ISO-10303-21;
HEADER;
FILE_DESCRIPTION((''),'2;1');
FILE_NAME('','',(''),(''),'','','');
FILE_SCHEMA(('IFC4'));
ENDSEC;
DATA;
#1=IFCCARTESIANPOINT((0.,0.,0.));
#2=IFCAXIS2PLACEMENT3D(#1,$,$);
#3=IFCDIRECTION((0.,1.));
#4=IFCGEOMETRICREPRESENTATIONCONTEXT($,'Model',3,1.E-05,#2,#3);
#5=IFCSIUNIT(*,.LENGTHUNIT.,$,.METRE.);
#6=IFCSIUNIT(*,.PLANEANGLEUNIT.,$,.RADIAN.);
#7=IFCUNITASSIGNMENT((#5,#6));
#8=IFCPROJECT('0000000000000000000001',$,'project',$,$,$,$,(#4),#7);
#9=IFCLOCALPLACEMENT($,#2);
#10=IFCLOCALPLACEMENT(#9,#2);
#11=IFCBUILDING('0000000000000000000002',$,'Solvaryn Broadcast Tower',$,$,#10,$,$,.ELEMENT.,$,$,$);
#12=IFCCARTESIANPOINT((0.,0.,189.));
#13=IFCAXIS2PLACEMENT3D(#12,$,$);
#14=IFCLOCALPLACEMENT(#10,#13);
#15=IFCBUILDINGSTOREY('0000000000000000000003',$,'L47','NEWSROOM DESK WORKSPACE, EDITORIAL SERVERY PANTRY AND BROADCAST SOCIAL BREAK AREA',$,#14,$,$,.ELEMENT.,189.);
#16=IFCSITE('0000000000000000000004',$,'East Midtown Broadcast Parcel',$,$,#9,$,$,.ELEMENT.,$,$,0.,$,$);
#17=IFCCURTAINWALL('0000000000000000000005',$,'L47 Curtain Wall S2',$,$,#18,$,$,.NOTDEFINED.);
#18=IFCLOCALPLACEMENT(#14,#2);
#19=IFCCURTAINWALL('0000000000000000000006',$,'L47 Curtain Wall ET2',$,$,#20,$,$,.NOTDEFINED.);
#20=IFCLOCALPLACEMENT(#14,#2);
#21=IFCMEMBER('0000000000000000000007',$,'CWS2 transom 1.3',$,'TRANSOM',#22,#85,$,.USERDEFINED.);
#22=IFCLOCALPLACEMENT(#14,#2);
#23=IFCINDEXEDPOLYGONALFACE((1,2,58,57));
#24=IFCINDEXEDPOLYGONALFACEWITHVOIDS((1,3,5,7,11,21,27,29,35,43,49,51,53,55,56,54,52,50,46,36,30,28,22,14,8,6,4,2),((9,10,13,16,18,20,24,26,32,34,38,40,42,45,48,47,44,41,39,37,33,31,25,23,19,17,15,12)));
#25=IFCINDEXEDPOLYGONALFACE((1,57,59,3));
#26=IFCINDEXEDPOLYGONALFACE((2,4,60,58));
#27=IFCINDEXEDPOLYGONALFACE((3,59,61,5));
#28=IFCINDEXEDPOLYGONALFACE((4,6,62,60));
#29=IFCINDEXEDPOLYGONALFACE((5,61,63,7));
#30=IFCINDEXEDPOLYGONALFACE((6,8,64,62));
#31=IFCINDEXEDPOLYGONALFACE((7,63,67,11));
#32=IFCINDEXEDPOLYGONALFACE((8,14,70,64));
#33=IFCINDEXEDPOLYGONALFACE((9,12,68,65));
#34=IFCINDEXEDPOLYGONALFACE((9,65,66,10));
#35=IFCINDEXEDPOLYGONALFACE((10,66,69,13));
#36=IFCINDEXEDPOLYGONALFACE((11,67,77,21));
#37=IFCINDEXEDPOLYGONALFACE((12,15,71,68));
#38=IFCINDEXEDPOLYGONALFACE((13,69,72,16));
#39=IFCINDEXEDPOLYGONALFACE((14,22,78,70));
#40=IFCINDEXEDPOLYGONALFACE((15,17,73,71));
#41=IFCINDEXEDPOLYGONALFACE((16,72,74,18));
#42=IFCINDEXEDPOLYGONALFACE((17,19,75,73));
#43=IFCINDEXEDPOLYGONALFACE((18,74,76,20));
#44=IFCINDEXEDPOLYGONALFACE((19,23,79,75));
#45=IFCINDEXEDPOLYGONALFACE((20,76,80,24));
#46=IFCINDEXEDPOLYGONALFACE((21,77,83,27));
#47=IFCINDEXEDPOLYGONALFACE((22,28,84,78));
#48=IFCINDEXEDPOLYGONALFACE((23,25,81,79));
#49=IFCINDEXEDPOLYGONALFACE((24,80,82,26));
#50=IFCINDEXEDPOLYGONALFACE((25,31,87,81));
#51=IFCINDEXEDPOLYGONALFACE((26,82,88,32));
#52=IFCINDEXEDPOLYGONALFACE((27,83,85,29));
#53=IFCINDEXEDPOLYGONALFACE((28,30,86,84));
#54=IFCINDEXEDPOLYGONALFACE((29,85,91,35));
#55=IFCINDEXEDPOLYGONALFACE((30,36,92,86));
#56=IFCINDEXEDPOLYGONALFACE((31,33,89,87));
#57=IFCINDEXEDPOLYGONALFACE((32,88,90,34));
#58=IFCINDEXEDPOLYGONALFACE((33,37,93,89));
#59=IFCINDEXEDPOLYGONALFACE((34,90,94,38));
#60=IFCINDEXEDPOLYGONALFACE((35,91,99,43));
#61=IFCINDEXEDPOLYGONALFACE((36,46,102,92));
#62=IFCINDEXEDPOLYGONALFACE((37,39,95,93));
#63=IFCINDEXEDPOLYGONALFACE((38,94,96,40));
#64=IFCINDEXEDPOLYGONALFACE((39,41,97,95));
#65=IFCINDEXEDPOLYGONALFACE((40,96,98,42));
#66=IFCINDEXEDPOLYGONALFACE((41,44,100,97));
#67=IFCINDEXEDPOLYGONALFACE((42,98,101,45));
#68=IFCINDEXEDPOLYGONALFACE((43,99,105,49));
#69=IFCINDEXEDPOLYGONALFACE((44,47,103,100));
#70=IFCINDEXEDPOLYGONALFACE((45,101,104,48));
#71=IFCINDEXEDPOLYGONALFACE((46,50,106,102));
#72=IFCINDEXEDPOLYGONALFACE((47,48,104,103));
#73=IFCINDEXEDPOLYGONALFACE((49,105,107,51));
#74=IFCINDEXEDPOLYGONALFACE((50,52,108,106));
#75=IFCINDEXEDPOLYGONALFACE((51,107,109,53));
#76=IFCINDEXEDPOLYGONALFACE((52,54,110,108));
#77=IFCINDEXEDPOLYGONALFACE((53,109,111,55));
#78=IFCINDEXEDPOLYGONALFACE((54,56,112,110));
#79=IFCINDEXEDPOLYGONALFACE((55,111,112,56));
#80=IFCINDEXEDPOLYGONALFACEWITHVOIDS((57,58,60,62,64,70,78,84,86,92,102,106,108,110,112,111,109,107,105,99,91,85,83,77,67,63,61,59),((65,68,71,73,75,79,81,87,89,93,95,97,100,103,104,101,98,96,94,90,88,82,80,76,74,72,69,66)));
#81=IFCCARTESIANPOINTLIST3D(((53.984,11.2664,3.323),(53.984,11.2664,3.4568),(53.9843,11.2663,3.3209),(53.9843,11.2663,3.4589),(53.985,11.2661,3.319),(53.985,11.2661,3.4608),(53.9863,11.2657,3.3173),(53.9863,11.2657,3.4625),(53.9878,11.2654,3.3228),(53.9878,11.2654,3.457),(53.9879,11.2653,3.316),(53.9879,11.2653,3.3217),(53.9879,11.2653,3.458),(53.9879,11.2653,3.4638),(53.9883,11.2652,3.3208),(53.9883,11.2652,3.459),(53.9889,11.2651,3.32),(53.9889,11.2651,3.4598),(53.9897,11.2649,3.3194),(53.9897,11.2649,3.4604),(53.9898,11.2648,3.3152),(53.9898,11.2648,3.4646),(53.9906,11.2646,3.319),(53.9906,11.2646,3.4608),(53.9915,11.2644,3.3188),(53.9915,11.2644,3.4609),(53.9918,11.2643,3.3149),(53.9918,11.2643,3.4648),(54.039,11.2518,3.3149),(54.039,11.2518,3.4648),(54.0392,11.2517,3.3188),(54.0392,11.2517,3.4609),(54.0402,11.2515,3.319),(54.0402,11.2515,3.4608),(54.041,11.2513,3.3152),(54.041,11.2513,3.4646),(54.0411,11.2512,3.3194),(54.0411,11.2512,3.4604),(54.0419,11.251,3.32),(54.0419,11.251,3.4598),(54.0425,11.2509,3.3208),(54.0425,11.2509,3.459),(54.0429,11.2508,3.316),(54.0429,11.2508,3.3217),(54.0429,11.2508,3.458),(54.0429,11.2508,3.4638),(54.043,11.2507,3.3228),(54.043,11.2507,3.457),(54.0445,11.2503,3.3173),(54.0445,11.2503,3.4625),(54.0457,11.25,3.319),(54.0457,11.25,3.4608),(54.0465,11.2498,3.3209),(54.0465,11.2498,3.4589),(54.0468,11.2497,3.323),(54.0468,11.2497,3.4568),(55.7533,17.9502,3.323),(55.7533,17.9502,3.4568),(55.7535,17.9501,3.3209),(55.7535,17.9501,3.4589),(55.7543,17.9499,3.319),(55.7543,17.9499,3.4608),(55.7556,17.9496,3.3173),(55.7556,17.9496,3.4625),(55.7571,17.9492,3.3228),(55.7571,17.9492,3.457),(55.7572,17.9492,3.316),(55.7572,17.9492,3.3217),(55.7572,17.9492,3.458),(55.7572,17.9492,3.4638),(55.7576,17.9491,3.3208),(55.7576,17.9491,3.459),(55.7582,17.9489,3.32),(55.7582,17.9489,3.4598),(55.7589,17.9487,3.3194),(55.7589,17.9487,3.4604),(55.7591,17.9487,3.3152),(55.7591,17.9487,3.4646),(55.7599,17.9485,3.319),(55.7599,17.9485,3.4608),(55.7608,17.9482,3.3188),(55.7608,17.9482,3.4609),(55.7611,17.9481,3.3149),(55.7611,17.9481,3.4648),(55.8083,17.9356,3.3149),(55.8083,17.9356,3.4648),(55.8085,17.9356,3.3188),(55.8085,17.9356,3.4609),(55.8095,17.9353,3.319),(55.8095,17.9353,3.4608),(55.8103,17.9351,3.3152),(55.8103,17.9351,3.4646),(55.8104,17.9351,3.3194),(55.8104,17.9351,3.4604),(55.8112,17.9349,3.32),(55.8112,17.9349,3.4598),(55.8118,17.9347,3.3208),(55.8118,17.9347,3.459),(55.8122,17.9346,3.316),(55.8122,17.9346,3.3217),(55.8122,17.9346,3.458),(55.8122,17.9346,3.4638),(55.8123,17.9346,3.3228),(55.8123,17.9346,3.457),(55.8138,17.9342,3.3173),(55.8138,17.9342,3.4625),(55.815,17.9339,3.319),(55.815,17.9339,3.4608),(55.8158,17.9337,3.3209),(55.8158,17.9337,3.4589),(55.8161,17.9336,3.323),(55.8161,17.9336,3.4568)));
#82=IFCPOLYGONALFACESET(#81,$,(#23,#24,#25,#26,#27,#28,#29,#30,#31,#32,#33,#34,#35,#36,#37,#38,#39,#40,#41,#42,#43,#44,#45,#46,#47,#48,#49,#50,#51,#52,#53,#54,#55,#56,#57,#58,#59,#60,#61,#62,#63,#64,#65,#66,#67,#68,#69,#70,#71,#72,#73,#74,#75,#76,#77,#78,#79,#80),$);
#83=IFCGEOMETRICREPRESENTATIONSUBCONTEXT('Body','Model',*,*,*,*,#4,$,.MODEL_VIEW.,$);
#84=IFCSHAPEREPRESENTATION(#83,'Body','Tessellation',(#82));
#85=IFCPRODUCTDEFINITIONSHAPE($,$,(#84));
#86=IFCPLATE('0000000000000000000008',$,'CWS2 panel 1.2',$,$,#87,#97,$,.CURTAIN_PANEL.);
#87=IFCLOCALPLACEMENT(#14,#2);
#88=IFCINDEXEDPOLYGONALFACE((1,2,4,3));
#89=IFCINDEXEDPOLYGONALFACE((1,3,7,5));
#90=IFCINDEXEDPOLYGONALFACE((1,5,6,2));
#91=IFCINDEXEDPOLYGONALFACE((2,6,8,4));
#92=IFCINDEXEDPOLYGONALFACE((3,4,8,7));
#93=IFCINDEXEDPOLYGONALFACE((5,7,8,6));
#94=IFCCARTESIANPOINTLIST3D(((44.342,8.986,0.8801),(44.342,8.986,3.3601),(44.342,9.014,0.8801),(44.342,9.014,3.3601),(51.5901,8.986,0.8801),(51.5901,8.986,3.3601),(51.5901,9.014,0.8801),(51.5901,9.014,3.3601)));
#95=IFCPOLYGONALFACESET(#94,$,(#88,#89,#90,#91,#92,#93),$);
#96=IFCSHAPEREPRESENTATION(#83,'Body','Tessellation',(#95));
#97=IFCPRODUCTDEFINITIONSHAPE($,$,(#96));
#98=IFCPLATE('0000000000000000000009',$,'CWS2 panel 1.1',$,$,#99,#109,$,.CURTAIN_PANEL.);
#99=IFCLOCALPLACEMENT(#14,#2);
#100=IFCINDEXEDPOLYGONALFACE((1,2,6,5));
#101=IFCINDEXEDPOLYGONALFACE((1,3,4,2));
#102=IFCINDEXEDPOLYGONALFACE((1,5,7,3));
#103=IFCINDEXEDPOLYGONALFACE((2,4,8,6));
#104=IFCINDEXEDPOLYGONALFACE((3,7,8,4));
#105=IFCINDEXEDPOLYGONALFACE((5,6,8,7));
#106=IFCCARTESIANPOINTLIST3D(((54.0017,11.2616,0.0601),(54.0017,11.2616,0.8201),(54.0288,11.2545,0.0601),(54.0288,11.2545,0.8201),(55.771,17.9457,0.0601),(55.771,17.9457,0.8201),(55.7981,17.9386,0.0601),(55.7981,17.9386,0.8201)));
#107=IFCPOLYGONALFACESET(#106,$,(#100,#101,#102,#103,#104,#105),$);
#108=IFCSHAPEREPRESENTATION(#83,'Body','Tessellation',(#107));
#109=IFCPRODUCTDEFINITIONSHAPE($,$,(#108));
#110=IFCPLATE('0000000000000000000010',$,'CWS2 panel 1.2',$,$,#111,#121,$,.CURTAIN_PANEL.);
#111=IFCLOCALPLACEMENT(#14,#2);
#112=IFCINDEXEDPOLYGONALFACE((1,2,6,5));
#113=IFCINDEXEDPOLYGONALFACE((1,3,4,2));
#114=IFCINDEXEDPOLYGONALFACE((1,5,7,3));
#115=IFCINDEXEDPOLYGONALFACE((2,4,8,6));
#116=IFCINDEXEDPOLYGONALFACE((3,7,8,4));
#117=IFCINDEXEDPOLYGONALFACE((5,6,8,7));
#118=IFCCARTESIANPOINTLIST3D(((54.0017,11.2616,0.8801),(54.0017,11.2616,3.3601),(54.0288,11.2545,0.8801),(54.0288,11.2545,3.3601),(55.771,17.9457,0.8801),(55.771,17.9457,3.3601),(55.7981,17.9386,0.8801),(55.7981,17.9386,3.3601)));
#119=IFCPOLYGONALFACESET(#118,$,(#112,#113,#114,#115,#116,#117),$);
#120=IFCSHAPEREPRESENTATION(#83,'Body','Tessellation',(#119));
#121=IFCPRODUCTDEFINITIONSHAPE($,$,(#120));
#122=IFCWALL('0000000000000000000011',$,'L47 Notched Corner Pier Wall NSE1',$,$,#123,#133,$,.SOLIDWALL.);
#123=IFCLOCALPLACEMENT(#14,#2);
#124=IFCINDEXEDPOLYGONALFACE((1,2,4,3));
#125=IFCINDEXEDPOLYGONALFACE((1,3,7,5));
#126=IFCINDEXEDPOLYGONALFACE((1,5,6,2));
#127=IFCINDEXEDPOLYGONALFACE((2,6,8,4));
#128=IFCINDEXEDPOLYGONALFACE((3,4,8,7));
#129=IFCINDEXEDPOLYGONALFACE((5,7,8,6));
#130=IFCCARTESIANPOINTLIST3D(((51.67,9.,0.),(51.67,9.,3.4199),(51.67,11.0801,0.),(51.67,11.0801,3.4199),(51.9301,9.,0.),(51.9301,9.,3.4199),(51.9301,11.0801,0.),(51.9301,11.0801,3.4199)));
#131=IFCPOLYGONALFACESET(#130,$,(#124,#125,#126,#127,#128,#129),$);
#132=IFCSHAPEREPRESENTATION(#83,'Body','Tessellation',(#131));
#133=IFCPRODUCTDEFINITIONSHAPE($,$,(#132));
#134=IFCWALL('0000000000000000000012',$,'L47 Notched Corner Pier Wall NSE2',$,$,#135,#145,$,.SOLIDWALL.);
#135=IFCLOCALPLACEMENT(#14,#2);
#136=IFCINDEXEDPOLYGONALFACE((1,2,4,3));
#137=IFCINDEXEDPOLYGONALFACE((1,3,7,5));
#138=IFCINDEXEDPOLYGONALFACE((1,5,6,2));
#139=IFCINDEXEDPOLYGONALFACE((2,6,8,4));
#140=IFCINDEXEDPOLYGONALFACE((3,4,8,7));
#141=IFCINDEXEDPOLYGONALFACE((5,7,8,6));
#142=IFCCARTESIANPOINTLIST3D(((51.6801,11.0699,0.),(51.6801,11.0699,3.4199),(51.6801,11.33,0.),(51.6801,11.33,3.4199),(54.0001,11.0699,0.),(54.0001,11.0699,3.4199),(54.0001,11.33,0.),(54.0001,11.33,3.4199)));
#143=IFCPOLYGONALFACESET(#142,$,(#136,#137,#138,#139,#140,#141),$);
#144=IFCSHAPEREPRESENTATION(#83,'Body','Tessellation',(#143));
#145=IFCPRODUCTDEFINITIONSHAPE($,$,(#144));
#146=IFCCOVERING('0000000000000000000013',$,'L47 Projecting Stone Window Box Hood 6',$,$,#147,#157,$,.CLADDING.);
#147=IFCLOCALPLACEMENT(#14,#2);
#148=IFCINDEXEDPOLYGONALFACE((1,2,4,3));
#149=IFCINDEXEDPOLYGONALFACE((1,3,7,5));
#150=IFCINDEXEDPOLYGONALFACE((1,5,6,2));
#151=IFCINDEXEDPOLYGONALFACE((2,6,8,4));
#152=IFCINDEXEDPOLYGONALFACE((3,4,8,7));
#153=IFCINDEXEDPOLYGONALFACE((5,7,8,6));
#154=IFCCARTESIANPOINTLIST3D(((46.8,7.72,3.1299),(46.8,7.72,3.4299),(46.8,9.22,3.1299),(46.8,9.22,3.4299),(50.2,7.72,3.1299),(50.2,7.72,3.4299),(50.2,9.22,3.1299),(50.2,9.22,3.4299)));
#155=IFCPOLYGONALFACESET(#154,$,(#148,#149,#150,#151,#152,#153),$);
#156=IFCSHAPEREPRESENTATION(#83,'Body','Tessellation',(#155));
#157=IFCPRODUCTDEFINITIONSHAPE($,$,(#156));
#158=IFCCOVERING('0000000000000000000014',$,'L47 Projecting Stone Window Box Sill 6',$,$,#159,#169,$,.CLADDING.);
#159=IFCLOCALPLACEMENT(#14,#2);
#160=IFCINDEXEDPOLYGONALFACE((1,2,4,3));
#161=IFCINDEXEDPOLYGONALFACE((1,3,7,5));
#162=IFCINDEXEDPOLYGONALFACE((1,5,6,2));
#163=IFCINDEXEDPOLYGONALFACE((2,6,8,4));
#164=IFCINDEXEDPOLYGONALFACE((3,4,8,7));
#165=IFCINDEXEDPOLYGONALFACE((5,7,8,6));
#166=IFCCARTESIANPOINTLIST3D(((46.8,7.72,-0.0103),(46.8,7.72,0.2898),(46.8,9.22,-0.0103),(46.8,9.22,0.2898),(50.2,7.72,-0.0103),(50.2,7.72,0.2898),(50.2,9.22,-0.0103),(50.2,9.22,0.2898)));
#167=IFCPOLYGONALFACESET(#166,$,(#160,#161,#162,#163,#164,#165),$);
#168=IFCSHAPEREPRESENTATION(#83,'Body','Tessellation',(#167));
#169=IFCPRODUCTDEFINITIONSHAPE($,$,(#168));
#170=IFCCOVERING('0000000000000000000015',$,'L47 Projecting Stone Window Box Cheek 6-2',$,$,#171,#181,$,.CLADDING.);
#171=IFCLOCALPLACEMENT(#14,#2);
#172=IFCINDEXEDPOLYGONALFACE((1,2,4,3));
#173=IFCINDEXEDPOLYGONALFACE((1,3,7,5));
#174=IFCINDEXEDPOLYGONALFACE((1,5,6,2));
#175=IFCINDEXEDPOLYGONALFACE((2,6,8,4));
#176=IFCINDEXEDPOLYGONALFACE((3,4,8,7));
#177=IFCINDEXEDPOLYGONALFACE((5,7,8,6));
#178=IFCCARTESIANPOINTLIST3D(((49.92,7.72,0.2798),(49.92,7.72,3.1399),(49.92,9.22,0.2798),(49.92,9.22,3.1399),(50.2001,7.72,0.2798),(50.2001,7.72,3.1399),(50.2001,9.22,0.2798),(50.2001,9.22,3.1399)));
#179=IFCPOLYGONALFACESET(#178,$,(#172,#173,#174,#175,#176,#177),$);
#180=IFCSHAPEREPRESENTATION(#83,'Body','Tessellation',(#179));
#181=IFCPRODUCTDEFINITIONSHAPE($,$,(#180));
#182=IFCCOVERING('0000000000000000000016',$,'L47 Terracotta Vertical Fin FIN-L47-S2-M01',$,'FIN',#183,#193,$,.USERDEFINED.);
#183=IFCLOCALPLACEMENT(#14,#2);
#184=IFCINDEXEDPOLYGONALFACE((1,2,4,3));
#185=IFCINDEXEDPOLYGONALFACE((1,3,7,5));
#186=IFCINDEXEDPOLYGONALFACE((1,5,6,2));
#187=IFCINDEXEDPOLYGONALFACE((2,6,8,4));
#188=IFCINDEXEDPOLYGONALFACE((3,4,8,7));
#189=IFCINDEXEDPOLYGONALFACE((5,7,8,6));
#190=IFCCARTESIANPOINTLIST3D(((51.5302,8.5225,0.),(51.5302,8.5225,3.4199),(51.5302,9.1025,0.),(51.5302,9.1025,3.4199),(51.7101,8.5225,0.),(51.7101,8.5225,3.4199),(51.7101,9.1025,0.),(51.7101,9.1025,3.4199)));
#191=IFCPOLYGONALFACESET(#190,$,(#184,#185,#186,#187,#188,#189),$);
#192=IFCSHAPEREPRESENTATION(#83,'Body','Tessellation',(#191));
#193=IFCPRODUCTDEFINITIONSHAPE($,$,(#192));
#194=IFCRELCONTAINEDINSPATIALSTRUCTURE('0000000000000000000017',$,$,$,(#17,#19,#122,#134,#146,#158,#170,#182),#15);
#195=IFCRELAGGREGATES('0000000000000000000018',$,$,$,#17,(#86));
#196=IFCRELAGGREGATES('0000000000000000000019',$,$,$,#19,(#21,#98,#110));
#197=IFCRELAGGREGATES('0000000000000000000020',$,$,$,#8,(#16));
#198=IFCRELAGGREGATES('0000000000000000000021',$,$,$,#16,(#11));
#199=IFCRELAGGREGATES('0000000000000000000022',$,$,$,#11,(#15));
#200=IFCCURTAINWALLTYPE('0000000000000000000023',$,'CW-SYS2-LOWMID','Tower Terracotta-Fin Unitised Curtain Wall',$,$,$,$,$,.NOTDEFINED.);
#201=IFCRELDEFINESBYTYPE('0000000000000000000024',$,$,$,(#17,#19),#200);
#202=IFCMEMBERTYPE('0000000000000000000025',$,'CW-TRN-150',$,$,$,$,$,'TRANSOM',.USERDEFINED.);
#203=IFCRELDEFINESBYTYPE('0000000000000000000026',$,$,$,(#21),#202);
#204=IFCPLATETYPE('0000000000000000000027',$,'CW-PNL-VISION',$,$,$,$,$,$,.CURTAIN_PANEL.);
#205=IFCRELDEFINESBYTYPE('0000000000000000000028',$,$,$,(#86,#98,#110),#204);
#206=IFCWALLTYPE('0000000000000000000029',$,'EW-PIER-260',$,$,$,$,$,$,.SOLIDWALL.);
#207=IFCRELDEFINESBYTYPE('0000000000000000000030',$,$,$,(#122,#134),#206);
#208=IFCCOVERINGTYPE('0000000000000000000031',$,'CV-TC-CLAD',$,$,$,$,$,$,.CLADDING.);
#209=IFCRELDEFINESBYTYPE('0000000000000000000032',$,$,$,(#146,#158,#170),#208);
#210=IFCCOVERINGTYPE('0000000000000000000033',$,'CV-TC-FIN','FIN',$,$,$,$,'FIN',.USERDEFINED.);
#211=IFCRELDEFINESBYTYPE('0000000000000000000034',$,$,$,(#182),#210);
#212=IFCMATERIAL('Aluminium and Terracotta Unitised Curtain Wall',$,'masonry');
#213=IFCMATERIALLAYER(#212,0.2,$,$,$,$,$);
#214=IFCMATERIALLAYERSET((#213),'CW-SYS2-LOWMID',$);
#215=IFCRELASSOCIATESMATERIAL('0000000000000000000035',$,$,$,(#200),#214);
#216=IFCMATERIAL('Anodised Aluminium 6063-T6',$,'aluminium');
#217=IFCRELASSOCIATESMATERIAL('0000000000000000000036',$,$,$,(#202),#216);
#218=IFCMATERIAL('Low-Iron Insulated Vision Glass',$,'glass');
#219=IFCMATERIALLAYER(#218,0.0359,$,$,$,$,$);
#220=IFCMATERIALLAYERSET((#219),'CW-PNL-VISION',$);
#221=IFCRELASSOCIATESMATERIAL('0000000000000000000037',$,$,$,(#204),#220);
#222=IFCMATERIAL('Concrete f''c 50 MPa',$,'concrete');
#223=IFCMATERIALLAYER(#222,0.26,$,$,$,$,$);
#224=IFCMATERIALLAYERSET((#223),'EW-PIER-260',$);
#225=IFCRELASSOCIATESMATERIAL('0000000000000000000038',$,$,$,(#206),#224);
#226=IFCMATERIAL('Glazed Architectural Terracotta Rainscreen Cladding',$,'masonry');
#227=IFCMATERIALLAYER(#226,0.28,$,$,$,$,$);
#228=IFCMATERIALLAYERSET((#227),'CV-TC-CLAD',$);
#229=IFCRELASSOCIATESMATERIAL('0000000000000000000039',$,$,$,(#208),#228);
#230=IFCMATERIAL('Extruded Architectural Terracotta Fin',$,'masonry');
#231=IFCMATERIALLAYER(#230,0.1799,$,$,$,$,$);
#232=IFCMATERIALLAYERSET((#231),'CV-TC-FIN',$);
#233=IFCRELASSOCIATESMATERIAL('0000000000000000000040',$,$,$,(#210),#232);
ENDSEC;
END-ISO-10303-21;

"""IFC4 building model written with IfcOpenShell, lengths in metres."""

from ifc_helpers import new_model, si_unit, direction, frame, frame_2d, origin, origin_2d, place, context, subcontext, project, spatial, rectangle, hollow_rectangle, extrude, material, layer, layer_set, material_profile, profile_set, type_object, element, aggregate, save


model = new_model("IFC4")

# Units and contexts
model_context = context("Model", 3, precision=1e-05, world=origin(), true_north=direction((0.0, 1.0)))
body_context = subcontext(model_context, "Body", "Model", "MODEL_VIEW")
ifc_project = project(units=[si_unit("LENGTHUNIT", "METRE"), si_unit("PLANEANGLEUNIT", "RADIAN")], contexts=[model_context])

# Site, building, storey
site_placement = place(None, origin())
site = spatial("IfcSite", under=ifc_project, at=site_placement, Name="East Midtown Broadcast Parcel", CompositionType="ELEMENT", RefElevation=0.0)
building_placement = place(site_placement, origin())
building = spatial("IfcBuilding", under=site, at=building_placement, Name="Solvaryn Broadcast Tower", CompositionType="ELEMENT")
storey_placement = place(building_placement, frame((0.0, 0.0, 189.0)))
storey = spatial("IfcBuildingStorey", under=building, at=storey_placement, Name="L47", Description="NEWSROOM DESK WORKSPACE, EDITORIAL SERVERY PANTRY AND BROADCAST SOCIAL BREAK AREA", CompositionType="ELEMENT", Elevation=189.0)

# Curtain wall
ifc_material_1 = material(Name="Aluminium and Terracotta Unitised Curtain Wall", Category="masonry")
ifc_layer_1 = layer(ifc_material_1, 0.2)
ifc_layer_set_1 = layer_set([ifc_layer_1], Name="CW-SYS2-LOWMID")
curtain_wall_type = type_object("IfcCurtainWallType", Name="CW-SYS2-LOWMID", Description="Tower Terracotta-Fin Unitised Curtain Wall", PredefinedType="NOTDEFINED", material=ifc_layer_set_1)
curtain_wall_1_placement = place(storey_placement, origin())
curtain_wall_1 = element("IfcCurtainWall", 1, at=curtain_wall_1_placement, inside=storey, type_object=curtain_wall_type, Name="L47 Curtain Wall S2", PredefinedType="NOTDEFINED")

# Curtain wall, member
curtain_wall_2_placement = place(storey_placement, origin())
curtain_wall_2 = element("IfcCurtainWall", 2, at=curtain_wall_2_placement, inside=storey, type_object=curtain_wall_type, Name="L47 Curtain Wall ET2", PredefinedType="NOTDEFINED")
ifc_material_2 = material(Name="Anodised Aluminium 6063-T6", Category="aluminium")
ifc_material_profile_1 = material_profile(ifc_material_2, hollow_rectangle(XDim=0.0649, YDim=0.1499, WallThickness=0.0039, InnerFilletRadius=0.0039, OuterFilletRadius=0.0081, at=origin_2d()))
ifc_profile_set_1 = profile_set([ifc_material_profile_1], Name="Anodised Aluminium 6063-T6")
member_type_1 = type_object("IfcMemberType", Name="CW-TRN-150", ElementType="TRANSOM", PredefinedType="USERDEFINED", material=ifc_profile_set_1)
member_1_placement = place(storey_placement, frame((55.7847, 17.9419, 3.3899), z_axis=(-0.255897, -0.966704, 0.0), x_axis=(0.966704, -0.255897, 0.0)))
member_1 = element("IfcMember", 3, at=member_1_placement, type_object=member_type_1, Name="CWS2 transom 1.3", ObjectType="TRANSOM", PredefinedType="USERDEFINED", context=body_context, shape_type="SweptSolid", body=[
    extrude(hollow_rectangle(XDim=0.0649, YDim=0.1499, WallThickness=0.0039, InnerFilletRadius=0.0039, OuterFilletRadius=0.0081, at=origin_2d()), origin(), (0.0, 0.0, 1.0), 6.9141),
])

# Plates
ifc_material_3 = material(Name="Low-Iron Insulated Vision Glass", Category="glass")
ifc_layer_2 = layer(ifc_material_3, 0.0359)
ifc_layer_set_2 = layer_set([ifc_layer_2], Name="CW-PNL-VISION")
plate_type = type_object("IfcPlateType", Name="CW-PNL-VISION", PredefinedType="CURTAIN_PANEL", material=ifc_layer_set_2)
plate_1_placement = place(storey_placement, frame((47.9661, 9.0, 0.8801), z_axis=(0.0, 0.0, 1.0), x_axis=(1.0, 0.0, 0.0)))
plate_1 = element("IfcPlate", 4, at=plate_1_placement, type_object=plate_type, Name="CWS2 panel 1.2", PredefinedType="CURTAIN_PANEL", context=body_context, shape_type="SweptSolid", body=[
    extrude(rectangle(XDim=7.248, YDim=0.0281, at=origin_2d()), origin(), (0.0, 0.0, 1.0), 2.48),
])
aggregate(curtain_wall_1, [plate_1])
plate_2_placement = place(storey_placement, frame((54.8999, 14.6001, 0.0601), z_axis=(0.0, 0.0, 1.0), x_axis=(-0.255893, -0.966705, 0.0)))
plate_2 = element("IfcPlate", 5, at=plate_2_placement, type_object=plate_type, Name="CWS2 panel 1.1", PredefinedType="CURTAIN_PANEL", context=body_context, shape_type="SweptSolid", body=[
    extrude(rectangle(XDim=6.9143, YDim=0.0281, at=origin_2d()), origin(), (0.0, 0.0, 1.0), 0.76),
])
plate_3_placement = place(storey_placement, frame((54.8999, 14.6001, 0.8801), z_axis=(0.0, 0.0, 1.0), x_axis=(-0.255893, -0.966705, 0.0)))
plate_3 = element("IfcPlate", 6, at=plate_3_placement, type_object=plate_type, Name="CWS2 panel 1.2", PredefinedType="CURTAIN_PANEL", context=body_context, shape_type="SweptSolid", body=[
    extrude(rectangle(XDim=6.9143, YDim=0.0281, at=origin_2d()), origin(), (0.0, 0.0, 1.0), 2.48),
])
aggregate(curtain_wall_2, [member_1, plate_2, plate_3])

# Walls
ifc_material_4 = material(Name="Concrete f'c 50 MPa", Category="concrete")
ifc_layer_3 = layer(ifc_material_4, 0.26)
ifc_layer_set_3 = layer_set([ifc_layer_3], Name="EW-PIER-260")
wall_type = type_object("IfcWallType", Name="EW-PIER-260", PredefinedType="SOLIDWALL", material=ifc_layer_set_3)
wall_1_placement = place(storey_placement, frame((51.8, 9.0, 0.0), z_axis=(0.0, 0.0, 1.0), x_axis=(0.0, 1.0, 0.0)))
element("IfcWall", 7, at=wall_1_placement, inside=storey, type_object=wall_type, Name="L47 Notched Corner Pier Wall NSE1", PredefinedType="SOLIDWALL", context=body_context, shape_type="SweptSolid", body=[
    extrude(rectangle(XDim=2.0801, YDim=0.26, at=frame_2d((1.04, 0.0))), origin(), (0.0, 0.0, 1.0), 3.4199),
])
wall_2_placement = place(storey_placement, frame((51.6799, 11.2, 0.0), z_axis=(0.0, 0.0, 1.0), x_axis=(1.0, 0.0, 0.0)))
element("IfcWall", 8, at=wall_2_placement, inside=storey, type_object=wall_type, Name="L47 Notched Corner Pier Wall NSE2", PredefinedType="SOLIDWALL", context=body_context, shape_type="SweptSolid", body=[
    extrude(rectangle(XDim=2.3201, YDim=0.26, at=frame_2d((1.1602, 0.0))), origin(), (0.0, 0.0, 1.0), 3.4199),
])

# Coverings
ifc_material_5 = material(Name="Glazed Architectural Terracotta Rainscreen Cladding", Category="masonry")
ifc_layer_4 = layer(ifc_material_5, 0.28)
ifc_layer_set_4 = layer_set([ifc_layer_4], Name="CV-TC-CLAD")
covering_type_1 = type_object("IfcCoveringType", Name="CV-TC-CLAD", PredefinedType="CLADDING", material=ifc_layer_set_4)
for number, where, z_axis, x_axis, name in (
    (9, (48.5, 8.47, 3.1299), (0.0, 0.0, 1.0), (1.0, 0.0, 0.0), "L47 Projecting Stone Window Box Hood 6"),
    (10, (48.5, 8.47, -0.0103), (0.0, 0.0, 1.0), (1.0, 0.0, 0.0), "L47 Projecting Stone Window Box Sill 6"),
):
    element("IfcCovering", number, at=place(storey_placement, frame(where, z_axis=z_axis, x_axis=x_axis)), inside=storey, type_object=covering_type_1, Name=name, PredefinedType="CLADDING", context=body_context, shape_type="SweptSolid", body=[
        extrude(rectangle(XDim=3.3999, YDim=1.5, at=origin_2d()), origin(), (0.0, 0.0, 1.0), 0.3),
    ])
covering_1_placement = place(storey_placement, frame((50.0601, 8.47, 0.2798), z_axis=(0.0, 0.0, 1.0), x_axis=(1.0, 0.0, 0.0)))
element("IfcCovering", 11, at=covering_1_placement, inside=storey, type_object=covering_type_1, Name="L47 Projecting Stone Window Box Cheek 6-2", PredefinedType="CLADDING", context=body_context, shape_type="SweptSolid", body=[
    extrude(rectangle(XDim=0.28, YDim=1.5, at=origin_2d()), origin(), (0.0, 0.0, 1.0), 2.8601),
])
ifc_material_6 = material(Name="Extruded Architectural Terracotta Fin", Category="masonry")
ifc_layer_5 = layer(ifc_material_6, 0.1799)
ifc_layer_set_5 = layer_set([ifc_layer_5], Name="CV-TC-FIN")
covering_type_2 = type_object("IfcCoveringType", Name="CV-TC-FIN", Description="FIN", ElementType="FIN", PredefinedType="USERDEFINED", material=ifc_layer_set_5)
covering_2_placement = place(storey_placement, frame((51.6201, 8.8125, 0.0), z_axis=(0.0, 0.0, 1.0), x_axis=(1.0, 0.0, 0.0)))
element("IfcCovering", 12, at=covering_2_placement, inside=storey, type_object=covering_type_2, Name="L47 Terracotta Vertical Fin FIN-L47-S2-M01", ObjectType="FIN", PredefinedType="USERDEFINED", context=body_context, shape_type="SweptSolid", body=[
    extrude(rectangle(XDim=0.1799, YDim=0.5801, at=origin_2d()), origin(), (0.0, 0.0, 1.0), 3.4199),
])

save(model, "model.ifc")
